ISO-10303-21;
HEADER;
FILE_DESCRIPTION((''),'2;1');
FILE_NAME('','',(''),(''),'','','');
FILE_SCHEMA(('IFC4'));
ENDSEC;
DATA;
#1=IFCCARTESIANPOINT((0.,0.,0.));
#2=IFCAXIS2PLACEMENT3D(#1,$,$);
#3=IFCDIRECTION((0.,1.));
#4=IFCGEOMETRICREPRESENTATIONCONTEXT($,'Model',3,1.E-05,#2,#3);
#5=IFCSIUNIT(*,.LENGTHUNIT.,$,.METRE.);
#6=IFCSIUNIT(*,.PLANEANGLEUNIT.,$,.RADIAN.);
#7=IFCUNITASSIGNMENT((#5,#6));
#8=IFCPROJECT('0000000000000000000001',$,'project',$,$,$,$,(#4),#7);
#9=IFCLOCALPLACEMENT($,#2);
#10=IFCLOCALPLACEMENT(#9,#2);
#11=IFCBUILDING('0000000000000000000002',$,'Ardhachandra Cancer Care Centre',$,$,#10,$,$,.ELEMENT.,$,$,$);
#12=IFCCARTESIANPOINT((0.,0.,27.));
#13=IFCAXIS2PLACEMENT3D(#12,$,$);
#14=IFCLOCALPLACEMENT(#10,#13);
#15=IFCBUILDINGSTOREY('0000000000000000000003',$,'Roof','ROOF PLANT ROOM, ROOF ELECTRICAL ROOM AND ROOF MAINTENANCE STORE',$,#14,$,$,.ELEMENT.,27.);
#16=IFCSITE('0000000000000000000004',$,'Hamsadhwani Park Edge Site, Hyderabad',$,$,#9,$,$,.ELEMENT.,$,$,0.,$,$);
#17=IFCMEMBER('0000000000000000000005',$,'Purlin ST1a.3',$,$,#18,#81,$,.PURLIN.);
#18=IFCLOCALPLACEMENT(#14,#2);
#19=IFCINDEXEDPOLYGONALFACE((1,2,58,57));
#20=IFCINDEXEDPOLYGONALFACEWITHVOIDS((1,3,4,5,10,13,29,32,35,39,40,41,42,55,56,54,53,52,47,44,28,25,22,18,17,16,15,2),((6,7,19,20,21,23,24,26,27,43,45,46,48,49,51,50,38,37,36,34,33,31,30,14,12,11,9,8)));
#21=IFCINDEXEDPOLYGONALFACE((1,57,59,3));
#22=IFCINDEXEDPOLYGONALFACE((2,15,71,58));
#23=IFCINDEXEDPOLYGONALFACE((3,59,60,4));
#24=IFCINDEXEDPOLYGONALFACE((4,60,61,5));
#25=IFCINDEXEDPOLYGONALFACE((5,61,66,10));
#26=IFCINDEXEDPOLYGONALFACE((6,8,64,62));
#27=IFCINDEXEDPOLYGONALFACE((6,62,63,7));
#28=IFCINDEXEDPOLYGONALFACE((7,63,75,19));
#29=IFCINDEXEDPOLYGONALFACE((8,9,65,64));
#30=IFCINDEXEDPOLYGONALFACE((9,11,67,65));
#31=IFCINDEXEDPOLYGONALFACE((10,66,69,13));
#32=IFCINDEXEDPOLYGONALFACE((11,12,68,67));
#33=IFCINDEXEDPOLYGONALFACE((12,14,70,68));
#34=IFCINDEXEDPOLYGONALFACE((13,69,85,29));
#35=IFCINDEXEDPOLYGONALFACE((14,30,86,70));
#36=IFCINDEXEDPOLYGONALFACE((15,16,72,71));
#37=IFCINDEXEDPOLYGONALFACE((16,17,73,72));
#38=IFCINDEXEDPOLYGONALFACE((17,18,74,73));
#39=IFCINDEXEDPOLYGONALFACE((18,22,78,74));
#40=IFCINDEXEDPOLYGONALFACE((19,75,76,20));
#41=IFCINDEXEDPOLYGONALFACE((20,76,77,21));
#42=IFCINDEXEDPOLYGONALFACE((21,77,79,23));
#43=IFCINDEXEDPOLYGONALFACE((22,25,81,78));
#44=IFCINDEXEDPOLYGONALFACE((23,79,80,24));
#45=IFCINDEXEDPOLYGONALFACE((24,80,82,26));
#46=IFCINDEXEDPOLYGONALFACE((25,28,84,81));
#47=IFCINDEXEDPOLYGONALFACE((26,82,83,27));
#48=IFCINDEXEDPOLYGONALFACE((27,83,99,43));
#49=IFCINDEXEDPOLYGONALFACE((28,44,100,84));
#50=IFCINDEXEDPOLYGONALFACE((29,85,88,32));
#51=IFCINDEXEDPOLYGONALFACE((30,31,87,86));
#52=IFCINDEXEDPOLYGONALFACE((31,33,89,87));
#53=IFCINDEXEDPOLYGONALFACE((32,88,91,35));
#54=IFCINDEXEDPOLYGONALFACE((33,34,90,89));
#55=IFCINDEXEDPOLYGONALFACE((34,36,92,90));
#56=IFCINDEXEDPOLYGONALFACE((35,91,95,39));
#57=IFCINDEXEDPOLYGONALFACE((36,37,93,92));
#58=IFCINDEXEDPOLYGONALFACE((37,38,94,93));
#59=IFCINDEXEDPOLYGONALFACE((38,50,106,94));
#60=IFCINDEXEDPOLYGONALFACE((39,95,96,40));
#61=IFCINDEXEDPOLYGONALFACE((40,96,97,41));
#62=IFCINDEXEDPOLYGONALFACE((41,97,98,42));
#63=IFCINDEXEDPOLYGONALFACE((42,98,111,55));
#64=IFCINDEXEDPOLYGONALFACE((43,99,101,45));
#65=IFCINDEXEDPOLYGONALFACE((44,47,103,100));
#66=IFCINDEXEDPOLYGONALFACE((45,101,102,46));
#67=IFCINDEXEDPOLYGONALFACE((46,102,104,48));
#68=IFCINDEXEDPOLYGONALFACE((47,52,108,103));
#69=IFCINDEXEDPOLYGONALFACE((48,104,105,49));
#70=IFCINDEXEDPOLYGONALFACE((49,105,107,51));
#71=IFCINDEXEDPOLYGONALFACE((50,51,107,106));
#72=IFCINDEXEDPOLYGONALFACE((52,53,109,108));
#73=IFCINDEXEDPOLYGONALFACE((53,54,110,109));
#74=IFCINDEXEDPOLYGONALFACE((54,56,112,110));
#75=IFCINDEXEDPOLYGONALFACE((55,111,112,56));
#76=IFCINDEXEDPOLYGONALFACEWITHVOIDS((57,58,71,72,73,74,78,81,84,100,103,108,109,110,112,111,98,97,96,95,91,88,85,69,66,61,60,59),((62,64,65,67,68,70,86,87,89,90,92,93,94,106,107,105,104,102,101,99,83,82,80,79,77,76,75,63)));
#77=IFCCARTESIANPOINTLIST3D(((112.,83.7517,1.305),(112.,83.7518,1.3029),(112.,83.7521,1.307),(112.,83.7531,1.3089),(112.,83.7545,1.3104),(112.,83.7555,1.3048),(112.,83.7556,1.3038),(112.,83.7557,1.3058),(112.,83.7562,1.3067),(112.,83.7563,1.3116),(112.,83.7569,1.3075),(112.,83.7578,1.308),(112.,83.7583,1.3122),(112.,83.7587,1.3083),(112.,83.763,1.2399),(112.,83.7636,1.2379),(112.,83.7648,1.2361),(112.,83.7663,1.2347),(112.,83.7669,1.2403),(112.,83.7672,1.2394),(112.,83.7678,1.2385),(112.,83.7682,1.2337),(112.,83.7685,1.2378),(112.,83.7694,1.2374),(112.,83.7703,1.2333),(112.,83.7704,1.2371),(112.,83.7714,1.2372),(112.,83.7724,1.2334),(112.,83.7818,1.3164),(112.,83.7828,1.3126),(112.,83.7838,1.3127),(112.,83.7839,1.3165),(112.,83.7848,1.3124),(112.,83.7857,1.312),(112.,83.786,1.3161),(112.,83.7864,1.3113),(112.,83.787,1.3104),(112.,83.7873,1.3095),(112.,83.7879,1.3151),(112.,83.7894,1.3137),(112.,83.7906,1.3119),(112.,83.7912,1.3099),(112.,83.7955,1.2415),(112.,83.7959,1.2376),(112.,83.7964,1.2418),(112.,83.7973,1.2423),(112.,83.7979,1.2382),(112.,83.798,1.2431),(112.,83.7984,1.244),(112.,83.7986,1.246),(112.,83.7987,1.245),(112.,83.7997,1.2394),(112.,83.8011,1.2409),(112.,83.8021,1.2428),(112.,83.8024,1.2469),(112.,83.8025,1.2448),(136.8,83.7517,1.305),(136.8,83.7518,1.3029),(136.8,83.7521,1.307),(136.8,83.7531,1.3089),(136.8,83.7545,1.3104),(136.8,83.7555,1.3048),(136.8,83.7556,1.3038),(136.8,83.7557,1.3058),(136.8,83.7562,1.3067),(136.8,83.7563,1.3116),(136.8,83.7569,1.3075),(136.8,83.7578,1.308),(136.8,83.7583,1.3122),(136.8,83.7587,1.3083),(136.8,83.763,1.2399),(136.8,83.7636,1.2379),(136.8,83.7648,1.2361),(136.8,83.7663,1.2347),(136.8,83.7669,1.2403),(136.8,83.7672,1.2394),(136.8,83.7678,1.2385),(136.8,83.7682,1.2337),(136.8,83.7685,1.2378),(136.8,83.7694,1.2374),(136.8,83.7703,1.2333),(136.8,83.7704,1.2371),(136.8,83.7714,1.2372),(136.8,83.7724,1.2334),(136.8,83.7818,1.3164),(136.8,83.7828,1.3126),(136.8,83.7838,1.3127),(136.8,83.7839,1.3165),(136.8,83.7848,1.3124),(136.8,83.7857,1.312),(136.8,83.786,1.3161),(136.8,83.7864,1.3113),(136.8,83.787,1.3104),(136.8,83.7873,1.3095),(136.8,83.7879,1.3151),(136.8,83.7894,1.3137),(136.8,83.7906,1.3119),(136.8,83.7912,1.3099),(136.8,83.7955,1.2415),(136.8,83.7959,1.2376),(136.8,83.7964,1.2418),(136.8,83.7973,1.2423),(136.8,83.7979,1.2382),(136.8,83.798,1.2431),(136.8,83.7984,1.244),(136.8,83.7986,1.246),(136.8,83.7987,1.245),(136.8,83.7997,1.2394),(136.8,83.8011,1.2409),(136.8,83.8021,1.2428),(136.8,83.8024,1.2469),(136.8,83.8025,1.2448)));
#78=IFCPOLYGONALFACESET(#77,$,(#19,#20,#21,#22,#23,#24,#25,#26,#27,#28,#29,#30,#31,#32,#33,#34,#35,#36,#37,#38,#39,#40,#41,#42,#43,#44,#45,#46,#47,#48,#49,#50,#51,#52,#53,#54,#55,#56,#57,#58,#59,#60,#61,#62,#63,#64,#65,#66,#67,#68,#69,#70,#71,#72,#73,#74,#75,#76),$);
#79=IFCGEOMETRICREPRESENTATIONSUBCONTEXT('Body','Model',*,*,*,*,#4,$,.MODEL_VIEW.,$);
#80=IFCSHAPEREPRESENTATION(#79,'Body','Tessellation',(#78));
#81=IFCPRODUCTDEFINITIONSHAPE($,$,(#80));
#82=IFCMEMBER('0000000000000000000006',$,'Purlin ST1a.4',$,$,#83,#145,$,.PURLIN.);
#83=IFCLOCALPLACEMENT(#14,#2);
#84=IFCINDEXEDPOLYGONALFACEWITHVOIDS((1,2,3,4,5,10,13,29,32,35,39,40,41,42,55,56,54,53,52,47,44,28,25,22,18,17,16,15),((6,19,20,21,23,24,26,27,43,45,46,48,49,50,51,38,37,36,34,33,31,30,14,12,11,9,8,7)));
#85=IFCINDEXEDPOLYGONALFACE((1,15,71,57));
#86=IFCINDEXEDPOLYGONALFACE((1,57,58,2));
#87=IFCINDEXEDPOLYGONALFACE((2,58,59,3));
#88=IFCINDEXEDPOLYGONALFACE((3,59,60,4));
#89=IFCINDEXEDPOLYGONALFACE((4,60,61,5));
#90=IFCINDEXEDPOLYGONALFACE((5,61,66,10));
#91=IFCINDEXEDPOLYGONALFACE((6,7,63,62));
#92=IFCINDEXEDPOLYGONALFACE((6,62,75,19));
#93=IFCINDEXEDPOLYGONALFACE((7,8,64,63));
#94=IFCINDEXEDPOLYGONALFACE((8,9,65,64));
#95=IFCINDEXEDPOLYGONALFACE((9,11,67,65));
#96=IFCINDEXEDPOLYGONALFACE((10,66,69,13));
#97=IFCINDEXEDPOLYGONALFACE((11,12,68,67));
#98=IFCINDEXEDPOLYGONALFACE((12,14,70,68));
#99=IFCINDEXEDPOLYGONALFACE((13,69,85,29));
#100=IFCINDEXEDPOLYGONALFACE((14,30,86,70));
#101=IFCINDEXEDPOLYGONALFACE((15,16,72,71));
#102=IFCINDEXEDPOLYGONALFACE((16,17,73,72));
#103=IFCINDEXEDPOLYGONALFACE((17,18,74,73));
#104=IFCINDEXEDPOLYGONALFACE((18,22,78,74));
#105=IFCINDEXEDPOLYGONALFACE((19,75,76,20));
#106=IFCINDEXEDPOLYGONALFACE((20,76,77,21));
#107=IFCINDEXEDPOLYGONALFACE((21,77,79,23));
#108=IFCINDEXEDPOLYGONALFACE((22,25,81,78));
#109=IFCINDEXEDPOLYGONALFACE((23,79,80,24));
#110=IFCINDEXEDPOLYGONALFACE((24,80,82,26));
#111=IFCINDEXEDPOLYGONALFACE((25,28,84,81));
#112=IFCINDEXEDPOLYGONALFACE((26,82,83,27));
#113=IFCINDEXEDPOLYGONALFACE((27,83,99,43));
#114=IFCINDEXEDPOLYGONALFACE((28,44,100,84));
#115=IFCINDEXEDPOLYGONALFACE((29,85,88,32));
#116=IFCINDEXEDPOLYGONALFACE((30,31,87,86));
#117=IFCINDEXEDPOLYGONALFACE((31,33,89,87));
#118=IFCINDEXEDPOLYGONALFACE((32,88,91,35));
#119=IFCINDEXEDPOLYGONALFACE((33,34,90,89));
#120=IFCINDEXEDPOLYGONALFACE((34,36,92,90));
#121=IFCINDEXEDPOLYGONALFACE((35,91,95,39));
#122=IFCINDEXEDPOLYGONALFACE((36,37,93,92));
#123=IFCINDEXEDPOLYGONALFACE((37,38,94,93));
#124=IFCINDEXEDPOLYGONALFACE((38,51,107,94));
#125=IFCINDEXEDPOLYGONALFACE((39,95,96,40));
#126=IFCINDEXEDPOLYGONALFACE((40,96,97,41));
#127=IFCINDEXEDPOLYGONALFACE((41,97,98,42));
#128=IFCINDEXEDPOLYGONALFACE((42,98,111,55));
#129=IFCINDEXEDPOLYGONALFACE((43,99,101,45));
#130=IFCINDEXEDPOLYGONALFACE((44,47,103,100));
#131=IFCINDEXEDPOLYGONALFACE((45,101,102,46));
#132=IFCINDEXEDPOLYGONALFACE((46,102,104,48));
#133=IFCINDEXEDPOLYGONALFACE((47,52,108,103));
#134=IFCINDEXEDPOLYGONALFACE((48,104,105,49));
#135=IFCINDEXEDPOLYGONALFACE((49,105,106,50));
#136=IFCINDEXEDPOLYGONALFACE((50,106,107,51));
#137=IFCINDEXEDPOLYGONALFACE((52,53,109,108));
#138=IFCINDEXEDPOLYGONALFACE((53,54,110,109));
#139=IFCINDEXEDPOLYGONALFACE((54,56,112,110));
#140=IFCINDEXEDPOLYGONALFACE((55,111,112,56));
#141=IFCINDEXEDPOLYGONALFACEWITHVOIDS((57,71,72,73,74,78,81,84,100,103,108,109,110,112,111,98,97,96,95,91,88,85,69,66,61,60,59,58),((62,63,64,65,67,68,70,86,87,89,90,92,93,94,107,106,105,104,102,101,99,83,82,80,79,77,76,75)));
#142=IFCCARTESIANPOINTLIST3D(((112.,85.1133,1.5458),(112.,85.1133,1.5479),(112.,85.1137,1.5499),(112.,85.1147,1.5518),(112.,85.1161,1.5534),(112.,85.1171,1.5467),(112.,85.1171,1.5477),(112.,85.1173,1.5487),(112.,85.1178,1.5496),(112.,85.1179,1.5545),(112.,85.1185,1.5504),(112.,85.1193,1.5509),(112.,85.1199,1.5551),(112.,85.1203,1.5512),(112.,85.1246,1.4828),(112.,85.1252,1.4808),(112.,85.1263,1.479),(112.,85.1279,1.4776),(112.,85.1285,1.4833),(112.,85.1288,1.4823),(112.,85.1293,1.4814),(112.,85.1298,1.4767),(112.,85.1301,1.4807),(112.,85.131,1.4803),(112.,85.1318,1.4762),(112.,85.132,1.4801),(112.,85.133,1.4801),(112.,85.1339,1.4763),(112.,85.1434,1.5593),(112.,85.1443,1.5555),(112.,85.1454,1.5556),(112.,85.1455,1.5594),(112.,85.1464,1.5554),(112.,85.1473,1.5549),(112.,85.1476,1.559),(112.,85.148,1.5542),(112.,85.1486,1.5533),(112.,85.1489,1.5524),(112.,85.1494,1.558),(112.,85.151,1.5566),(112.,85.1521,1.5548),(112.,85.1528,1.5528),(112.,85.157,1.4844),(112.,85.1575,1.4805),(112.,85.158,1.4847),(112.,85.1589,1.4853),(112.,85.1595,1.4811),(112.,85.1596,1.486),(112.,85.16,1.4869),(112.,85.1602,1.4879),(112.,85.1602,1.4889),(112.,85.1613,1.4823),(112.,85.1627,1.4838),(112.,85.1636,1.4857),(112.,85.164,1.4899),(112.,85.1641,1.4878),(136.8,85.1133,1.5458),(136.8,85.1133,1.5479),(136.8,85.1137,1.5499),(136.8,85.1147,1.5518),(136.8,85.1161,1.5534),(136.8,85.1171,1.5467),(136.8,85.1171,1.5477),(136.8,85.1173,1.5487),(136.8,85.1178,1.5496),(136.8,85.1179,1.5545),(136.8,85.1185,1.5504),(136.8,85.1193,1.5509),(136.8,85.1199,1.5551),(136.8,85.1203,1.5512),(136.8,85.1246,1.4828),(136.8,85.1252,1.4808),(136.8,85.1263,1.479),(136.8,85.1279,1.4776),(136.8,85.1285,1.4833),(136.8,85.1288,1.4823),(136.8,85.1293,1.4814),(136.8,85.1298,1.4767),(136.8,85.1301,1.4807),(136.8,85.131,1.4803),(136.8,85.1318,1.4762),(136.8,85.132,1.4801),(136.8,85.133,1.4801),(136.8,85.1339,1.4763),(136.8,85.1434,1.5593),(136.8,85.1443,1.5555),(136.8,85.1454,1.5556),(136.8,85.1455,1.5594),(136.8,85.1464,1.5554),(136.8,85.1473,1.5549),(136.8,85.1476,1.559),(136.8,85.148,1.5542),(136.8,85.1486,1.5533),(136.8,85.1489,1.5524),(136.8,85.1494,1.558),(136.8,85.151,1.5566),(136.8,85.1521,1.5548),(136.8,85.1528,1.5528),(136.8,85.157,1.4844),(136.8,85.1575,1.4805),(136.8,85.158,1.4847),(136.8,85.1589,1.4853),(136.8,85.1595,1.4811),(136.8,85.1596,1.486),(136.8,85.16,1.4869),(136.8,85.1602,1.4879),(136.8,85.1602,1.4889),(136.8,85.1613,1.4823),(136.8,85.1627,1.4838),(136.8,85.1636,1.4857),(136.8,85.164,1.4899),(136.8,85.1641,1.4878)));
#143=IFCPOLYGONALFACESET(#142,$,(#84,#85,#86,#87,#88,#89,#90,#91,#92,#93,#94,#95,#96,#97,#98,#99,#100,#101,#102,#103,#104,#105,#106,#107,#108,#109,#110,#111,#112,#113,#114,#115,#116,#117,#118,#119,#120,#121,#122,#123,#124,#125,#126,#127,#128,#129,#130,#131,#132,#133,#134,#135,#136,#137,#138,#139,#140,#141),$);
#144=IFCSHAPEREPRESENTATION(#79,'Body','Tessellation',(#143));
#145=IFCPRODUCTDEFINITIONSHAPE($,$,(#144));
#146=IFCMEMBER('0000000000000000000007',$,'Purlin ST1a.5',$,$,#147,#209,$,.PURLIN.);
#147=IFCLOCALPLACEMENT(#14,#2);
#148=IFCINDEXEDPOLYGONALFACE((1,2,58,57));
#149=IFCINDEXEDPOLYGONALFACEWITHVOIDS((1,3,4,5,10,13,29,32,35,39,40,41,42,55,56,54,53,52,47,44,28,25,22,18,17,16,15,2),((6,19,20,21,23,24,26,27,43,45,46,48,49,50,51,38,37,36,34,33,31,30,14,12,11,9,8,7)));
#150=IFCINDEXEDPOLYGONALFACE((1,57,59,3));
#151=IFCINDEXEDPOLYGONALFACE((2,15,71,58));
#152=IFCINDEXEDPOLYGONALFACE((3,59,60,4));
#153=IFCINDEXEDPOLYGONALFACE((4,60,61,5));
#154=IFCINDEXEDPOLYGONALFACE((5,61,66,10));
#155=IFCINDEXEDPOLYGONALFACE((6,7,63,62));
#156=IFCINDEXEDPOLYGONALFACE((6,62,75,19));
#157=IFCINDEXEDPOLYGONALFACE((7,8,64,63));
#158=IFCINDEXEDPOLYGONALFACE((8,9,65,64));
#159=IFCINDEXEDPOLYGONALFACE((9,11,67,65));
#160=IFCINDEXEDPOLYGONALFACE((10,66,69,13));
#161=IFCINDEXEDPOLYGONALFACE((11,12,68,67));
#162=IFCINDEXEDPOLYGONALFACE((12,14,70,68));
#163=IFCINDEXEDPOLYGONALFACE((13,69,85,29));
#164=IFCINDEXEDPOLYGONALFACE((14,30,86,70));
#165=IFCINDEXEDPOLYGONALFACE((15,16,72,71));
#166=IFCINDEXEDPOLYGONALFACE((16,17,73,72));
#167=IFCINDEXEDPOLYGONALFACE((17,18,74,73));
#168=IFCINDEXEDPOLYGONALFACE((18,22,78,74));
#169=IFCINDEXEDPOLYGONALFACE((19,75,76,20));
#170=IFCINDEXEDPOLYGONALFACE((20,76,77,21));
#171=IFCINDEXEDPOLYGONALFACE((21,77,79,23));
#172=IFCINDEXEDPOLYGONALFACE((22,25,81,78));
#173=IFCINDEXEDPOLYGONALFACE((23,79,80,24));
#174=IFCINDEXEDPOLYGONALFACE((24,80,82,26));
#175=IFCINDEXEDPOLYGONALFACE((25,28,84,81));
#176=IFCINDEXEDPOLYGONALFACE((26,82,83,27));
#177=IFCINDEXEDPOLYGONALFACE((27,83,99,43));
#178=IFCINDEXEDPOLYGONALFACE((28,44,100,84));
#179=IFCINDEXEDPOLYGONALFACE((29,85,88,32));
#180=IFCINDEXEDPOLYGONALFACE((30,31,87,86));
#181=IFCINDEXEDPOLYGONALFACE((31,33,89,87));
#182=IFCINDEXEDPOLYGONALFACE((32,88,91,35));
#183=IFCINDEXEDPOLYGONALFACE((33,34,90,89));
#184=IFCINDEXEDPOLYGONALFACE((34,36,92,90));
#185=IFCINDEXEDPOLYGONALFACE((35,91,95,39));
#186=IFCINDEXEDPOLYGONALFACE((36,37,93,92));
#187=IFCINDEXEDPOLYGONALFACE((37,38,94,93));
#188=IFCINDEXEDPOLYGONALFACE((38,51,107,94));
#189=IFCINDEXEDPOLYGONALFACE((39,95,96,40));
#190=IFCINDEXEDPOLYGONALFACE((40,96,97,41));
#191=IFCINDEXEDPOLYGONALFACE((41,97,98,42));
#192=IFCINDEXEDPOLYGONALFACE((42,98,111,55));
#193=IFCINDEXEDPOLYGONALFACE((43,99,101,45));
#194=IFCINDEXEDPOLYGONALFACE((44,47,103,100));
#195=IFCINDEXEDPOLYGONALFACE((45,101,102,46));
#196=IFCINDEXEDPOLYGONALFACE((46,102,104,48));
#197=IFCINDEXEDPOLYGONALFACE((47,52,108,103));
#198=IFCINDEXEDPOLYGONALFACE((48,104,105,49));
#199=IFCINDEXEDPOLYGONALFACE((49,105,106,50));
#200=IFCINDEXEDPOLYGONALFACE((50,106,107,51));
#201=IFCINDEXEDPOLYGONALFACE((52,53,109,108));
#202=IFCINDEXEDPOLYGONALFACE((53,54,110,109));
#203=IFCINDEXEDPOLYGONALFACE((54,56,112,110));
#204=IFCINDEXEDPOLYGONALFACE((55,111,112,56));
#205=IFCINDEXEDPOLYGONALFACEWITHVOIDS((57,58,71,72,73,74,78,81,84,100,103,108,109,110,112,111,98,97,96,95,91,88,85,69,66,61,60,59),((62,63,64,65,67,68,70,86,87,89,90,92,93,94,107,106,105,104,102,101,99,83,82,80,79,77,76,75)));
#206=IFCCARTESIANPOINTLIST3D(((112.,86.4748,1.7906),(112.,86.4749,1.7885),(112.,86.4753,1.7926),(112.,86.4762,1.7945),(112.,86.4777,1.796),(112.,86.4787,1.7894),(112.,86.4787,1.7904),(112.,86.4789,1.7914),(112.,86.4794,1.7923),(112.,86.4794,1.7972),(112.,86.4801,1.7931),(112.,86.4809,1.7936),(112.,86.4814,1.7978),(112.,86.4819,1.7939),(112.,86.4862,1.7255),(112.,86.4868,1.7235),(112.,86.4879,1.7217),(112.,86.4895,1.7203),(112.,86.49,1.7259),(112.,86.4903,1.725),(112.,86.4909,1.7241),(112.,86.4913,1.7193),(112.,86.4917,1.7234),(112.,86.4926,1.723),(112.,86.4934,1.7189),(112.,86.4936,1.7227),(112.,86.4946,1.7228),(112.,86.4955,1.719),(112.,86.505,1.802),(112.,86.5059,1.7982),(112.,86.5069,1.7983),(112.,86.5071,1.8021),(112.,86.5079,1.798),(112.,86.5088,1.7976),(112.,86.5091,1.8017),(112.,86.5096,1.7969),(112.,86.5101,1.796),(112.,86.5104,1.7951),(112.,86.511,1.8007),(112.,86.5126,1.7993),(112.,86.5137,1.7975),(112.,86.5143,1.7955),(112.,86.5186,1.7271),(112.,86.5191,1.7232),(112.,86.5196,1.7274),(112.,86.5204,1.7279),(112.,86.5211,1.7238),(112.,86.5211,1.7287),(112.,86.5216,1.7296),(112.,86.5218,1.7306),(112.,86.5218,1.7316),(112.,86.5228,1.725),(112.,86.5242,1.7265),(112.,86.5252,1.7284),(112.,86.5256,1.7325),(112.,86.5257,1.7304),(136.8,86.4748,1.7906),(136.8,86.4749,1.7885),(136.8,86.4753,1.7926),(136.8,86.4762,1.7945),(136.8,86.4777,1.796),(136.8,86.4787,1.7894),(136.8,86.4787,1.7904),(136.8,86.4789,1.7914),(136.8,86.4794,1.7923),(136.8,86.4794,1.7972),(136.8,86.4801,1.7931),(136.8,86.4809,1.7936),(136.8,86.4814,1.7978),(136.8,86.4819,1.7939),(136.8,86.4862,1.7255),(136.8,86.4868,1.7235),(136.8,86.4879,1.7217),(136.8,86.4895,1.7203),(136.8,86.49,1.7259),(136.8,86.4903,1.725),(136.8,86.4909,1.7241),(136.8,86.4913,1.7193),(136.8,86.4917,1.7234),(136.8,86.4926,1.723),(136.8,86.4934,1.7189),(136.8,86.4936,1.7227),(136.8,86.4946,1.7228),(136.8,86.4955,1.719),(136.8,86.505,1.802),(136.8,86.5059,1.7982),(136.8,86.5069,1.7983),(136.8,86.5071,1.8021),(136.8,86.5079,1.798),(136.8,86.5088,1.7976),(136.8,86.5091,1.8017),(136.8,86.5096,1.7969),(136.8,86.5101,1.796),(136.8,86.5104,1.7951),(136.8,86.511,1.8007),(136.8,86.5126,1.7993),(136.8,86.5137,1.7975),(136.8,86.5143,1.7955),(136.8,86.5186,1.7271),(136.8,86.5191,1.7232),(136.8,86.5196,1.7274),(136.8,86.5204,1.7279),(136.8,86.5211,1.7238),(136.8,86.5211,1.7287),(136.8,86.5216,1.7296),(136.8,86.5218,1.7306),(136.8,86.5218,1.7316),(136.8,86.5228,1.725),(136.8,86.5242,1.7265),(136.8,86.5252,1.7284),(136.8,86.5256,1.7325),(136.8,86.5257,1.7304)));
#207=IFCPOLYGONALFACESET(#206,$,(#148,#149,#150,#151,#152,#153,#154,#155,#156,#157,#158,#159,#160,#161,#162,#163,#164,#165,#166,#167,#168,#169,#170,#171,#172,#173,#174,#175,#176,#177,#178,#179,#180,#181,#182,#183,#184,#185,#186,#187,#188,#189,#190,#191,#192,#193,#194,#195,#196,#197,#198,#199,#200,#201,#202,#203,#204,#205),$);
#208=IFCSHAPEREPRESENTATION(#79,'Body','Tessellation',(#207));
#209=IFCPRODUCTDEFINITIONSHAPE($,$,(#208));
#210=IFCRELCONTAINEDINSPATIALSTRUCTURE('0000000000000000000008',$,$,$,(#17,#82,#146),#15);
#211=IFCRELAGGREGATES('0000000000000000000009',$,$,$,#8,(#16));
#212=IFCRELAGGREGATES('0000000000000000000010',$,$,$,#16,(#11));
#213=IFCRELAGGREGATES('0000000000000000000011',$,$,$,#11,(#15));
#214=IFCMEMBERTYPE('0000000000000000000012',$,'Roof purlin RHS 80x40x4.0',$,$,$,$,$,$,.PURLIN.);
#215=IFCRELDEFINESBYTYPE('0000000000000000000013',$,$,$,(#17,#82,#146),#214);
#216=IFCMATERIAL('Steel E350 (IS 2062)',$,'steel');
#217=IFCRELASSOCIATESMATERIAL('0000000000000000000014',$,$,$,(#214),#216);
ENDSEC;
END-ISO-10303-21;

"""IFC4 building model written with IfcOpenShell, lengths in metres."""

from ifc_helpers import new_model, si_unit, direction, frame, origin, origin_2d, place, context, subcontext, project, spatial, hollow_rectangle, extrude, material, material_profile, profile_set, type_object, element, save


model = new_model("IFC4")

# Units and contexts
model_context = context("Model", 3, precision=1e-05, world=origin(), true_north=direction((0.0, 1.0)))
body_context = subcontext(model_context, "Body", "Model", "MODEL_VIEW")
ifc_project = project(units=[si_unit("LENGTHUNIT", "METRE"), si_unit("PLANEANGLEUNIT", "RADIAN")], contexts=[model_context])

# Site, building, storey
site_placement = place(None, origin())
site = spatial("IfcSite", under=ifc_project, at=site_placement, Name="Hamsadhwani Park Edge Site, Hyderabad", CompositionType="ELEMENT", RefElevation=0.0)
building_placement = place(site_placement, origin())
building = spatial("IfcBuilding", under=site, at=building_placement, Name="Ardhachandra Cancer Care Centre", CompositionType="ELEMENT")
storey_placement = place(building_placement, frame((0.0, 0.0, 27.0)))
storey = spatial("IfcBuildingStorey", under=building, at=storey_placement, Name="Roof", Description="ROOF PLANT ROOM, ROOF ELECTRICAL ROOM AND ROOF MAINTENANCE STORE", CompositionType="ELEMENT", Elevation=27.0)

# Members
ifc_material_1 = material(Name="Steel E350 (IS 2062)", Category="steel")
ifc_material_profile_1 = material_profile(ifc_material_1, hollow_rectangle(XDim=0.04, YDim=0.0801, WallThickness=0.0039, InnerFilletRadius=0.0039, OuterFilletRadius=0.0081, at=origin_2d()), Name="RHS 80x40x4.0")
ifc_profile_set_1 = profile_set([ifc_material_profile_1], Name="Steel E350 (IS 2062)")
member_type_1 = type_object("IfcMemberType", Name="Roof purlin RHS 80x40x4.0", PredefinedType="PURLIN", material=ifc_profile_set_1)
for number, where, z_axis, x_axis, name in (
    (1, (112.0, 83.7771, 1.2749), (1.0, 0.0, 0.0), (0.0, 0.98446, 0.175606), "Purlin ST1a.3"),
    (2, (112.0, 85.1387, 1.5178), (1.0, 0.0, 0.0), (0.0, 0.98446, 0.175606), "Purlin ST1a.4"),
    (3, (112.0, 86.5002, 1.7605), (1.0, 0.0, 0.0), (0.0, 0.98446, 0.175606), "Purlin ST1a.5"),
):
    element("IfcMember", number, at=place(storey_placement, frame(where, z_axis=z_axis, x_axis=x_axis)), inside=storey, type_object=member_type_1, Name=name, PredefinedType="PURLIN", context=body_context, shape_type="SweptSolid", body=[
        extrude(hollow_rectangle(XDim=0.04, YDim=0.0801, WallThickness=0.0039, InnerFilletRadius=0.0039, OuterFilletRadius=0.0081, at=origin_2d()), origin(), (0.0, 0.0, 1.0), 24.8),
    ])

save(model, "model.ifc")
